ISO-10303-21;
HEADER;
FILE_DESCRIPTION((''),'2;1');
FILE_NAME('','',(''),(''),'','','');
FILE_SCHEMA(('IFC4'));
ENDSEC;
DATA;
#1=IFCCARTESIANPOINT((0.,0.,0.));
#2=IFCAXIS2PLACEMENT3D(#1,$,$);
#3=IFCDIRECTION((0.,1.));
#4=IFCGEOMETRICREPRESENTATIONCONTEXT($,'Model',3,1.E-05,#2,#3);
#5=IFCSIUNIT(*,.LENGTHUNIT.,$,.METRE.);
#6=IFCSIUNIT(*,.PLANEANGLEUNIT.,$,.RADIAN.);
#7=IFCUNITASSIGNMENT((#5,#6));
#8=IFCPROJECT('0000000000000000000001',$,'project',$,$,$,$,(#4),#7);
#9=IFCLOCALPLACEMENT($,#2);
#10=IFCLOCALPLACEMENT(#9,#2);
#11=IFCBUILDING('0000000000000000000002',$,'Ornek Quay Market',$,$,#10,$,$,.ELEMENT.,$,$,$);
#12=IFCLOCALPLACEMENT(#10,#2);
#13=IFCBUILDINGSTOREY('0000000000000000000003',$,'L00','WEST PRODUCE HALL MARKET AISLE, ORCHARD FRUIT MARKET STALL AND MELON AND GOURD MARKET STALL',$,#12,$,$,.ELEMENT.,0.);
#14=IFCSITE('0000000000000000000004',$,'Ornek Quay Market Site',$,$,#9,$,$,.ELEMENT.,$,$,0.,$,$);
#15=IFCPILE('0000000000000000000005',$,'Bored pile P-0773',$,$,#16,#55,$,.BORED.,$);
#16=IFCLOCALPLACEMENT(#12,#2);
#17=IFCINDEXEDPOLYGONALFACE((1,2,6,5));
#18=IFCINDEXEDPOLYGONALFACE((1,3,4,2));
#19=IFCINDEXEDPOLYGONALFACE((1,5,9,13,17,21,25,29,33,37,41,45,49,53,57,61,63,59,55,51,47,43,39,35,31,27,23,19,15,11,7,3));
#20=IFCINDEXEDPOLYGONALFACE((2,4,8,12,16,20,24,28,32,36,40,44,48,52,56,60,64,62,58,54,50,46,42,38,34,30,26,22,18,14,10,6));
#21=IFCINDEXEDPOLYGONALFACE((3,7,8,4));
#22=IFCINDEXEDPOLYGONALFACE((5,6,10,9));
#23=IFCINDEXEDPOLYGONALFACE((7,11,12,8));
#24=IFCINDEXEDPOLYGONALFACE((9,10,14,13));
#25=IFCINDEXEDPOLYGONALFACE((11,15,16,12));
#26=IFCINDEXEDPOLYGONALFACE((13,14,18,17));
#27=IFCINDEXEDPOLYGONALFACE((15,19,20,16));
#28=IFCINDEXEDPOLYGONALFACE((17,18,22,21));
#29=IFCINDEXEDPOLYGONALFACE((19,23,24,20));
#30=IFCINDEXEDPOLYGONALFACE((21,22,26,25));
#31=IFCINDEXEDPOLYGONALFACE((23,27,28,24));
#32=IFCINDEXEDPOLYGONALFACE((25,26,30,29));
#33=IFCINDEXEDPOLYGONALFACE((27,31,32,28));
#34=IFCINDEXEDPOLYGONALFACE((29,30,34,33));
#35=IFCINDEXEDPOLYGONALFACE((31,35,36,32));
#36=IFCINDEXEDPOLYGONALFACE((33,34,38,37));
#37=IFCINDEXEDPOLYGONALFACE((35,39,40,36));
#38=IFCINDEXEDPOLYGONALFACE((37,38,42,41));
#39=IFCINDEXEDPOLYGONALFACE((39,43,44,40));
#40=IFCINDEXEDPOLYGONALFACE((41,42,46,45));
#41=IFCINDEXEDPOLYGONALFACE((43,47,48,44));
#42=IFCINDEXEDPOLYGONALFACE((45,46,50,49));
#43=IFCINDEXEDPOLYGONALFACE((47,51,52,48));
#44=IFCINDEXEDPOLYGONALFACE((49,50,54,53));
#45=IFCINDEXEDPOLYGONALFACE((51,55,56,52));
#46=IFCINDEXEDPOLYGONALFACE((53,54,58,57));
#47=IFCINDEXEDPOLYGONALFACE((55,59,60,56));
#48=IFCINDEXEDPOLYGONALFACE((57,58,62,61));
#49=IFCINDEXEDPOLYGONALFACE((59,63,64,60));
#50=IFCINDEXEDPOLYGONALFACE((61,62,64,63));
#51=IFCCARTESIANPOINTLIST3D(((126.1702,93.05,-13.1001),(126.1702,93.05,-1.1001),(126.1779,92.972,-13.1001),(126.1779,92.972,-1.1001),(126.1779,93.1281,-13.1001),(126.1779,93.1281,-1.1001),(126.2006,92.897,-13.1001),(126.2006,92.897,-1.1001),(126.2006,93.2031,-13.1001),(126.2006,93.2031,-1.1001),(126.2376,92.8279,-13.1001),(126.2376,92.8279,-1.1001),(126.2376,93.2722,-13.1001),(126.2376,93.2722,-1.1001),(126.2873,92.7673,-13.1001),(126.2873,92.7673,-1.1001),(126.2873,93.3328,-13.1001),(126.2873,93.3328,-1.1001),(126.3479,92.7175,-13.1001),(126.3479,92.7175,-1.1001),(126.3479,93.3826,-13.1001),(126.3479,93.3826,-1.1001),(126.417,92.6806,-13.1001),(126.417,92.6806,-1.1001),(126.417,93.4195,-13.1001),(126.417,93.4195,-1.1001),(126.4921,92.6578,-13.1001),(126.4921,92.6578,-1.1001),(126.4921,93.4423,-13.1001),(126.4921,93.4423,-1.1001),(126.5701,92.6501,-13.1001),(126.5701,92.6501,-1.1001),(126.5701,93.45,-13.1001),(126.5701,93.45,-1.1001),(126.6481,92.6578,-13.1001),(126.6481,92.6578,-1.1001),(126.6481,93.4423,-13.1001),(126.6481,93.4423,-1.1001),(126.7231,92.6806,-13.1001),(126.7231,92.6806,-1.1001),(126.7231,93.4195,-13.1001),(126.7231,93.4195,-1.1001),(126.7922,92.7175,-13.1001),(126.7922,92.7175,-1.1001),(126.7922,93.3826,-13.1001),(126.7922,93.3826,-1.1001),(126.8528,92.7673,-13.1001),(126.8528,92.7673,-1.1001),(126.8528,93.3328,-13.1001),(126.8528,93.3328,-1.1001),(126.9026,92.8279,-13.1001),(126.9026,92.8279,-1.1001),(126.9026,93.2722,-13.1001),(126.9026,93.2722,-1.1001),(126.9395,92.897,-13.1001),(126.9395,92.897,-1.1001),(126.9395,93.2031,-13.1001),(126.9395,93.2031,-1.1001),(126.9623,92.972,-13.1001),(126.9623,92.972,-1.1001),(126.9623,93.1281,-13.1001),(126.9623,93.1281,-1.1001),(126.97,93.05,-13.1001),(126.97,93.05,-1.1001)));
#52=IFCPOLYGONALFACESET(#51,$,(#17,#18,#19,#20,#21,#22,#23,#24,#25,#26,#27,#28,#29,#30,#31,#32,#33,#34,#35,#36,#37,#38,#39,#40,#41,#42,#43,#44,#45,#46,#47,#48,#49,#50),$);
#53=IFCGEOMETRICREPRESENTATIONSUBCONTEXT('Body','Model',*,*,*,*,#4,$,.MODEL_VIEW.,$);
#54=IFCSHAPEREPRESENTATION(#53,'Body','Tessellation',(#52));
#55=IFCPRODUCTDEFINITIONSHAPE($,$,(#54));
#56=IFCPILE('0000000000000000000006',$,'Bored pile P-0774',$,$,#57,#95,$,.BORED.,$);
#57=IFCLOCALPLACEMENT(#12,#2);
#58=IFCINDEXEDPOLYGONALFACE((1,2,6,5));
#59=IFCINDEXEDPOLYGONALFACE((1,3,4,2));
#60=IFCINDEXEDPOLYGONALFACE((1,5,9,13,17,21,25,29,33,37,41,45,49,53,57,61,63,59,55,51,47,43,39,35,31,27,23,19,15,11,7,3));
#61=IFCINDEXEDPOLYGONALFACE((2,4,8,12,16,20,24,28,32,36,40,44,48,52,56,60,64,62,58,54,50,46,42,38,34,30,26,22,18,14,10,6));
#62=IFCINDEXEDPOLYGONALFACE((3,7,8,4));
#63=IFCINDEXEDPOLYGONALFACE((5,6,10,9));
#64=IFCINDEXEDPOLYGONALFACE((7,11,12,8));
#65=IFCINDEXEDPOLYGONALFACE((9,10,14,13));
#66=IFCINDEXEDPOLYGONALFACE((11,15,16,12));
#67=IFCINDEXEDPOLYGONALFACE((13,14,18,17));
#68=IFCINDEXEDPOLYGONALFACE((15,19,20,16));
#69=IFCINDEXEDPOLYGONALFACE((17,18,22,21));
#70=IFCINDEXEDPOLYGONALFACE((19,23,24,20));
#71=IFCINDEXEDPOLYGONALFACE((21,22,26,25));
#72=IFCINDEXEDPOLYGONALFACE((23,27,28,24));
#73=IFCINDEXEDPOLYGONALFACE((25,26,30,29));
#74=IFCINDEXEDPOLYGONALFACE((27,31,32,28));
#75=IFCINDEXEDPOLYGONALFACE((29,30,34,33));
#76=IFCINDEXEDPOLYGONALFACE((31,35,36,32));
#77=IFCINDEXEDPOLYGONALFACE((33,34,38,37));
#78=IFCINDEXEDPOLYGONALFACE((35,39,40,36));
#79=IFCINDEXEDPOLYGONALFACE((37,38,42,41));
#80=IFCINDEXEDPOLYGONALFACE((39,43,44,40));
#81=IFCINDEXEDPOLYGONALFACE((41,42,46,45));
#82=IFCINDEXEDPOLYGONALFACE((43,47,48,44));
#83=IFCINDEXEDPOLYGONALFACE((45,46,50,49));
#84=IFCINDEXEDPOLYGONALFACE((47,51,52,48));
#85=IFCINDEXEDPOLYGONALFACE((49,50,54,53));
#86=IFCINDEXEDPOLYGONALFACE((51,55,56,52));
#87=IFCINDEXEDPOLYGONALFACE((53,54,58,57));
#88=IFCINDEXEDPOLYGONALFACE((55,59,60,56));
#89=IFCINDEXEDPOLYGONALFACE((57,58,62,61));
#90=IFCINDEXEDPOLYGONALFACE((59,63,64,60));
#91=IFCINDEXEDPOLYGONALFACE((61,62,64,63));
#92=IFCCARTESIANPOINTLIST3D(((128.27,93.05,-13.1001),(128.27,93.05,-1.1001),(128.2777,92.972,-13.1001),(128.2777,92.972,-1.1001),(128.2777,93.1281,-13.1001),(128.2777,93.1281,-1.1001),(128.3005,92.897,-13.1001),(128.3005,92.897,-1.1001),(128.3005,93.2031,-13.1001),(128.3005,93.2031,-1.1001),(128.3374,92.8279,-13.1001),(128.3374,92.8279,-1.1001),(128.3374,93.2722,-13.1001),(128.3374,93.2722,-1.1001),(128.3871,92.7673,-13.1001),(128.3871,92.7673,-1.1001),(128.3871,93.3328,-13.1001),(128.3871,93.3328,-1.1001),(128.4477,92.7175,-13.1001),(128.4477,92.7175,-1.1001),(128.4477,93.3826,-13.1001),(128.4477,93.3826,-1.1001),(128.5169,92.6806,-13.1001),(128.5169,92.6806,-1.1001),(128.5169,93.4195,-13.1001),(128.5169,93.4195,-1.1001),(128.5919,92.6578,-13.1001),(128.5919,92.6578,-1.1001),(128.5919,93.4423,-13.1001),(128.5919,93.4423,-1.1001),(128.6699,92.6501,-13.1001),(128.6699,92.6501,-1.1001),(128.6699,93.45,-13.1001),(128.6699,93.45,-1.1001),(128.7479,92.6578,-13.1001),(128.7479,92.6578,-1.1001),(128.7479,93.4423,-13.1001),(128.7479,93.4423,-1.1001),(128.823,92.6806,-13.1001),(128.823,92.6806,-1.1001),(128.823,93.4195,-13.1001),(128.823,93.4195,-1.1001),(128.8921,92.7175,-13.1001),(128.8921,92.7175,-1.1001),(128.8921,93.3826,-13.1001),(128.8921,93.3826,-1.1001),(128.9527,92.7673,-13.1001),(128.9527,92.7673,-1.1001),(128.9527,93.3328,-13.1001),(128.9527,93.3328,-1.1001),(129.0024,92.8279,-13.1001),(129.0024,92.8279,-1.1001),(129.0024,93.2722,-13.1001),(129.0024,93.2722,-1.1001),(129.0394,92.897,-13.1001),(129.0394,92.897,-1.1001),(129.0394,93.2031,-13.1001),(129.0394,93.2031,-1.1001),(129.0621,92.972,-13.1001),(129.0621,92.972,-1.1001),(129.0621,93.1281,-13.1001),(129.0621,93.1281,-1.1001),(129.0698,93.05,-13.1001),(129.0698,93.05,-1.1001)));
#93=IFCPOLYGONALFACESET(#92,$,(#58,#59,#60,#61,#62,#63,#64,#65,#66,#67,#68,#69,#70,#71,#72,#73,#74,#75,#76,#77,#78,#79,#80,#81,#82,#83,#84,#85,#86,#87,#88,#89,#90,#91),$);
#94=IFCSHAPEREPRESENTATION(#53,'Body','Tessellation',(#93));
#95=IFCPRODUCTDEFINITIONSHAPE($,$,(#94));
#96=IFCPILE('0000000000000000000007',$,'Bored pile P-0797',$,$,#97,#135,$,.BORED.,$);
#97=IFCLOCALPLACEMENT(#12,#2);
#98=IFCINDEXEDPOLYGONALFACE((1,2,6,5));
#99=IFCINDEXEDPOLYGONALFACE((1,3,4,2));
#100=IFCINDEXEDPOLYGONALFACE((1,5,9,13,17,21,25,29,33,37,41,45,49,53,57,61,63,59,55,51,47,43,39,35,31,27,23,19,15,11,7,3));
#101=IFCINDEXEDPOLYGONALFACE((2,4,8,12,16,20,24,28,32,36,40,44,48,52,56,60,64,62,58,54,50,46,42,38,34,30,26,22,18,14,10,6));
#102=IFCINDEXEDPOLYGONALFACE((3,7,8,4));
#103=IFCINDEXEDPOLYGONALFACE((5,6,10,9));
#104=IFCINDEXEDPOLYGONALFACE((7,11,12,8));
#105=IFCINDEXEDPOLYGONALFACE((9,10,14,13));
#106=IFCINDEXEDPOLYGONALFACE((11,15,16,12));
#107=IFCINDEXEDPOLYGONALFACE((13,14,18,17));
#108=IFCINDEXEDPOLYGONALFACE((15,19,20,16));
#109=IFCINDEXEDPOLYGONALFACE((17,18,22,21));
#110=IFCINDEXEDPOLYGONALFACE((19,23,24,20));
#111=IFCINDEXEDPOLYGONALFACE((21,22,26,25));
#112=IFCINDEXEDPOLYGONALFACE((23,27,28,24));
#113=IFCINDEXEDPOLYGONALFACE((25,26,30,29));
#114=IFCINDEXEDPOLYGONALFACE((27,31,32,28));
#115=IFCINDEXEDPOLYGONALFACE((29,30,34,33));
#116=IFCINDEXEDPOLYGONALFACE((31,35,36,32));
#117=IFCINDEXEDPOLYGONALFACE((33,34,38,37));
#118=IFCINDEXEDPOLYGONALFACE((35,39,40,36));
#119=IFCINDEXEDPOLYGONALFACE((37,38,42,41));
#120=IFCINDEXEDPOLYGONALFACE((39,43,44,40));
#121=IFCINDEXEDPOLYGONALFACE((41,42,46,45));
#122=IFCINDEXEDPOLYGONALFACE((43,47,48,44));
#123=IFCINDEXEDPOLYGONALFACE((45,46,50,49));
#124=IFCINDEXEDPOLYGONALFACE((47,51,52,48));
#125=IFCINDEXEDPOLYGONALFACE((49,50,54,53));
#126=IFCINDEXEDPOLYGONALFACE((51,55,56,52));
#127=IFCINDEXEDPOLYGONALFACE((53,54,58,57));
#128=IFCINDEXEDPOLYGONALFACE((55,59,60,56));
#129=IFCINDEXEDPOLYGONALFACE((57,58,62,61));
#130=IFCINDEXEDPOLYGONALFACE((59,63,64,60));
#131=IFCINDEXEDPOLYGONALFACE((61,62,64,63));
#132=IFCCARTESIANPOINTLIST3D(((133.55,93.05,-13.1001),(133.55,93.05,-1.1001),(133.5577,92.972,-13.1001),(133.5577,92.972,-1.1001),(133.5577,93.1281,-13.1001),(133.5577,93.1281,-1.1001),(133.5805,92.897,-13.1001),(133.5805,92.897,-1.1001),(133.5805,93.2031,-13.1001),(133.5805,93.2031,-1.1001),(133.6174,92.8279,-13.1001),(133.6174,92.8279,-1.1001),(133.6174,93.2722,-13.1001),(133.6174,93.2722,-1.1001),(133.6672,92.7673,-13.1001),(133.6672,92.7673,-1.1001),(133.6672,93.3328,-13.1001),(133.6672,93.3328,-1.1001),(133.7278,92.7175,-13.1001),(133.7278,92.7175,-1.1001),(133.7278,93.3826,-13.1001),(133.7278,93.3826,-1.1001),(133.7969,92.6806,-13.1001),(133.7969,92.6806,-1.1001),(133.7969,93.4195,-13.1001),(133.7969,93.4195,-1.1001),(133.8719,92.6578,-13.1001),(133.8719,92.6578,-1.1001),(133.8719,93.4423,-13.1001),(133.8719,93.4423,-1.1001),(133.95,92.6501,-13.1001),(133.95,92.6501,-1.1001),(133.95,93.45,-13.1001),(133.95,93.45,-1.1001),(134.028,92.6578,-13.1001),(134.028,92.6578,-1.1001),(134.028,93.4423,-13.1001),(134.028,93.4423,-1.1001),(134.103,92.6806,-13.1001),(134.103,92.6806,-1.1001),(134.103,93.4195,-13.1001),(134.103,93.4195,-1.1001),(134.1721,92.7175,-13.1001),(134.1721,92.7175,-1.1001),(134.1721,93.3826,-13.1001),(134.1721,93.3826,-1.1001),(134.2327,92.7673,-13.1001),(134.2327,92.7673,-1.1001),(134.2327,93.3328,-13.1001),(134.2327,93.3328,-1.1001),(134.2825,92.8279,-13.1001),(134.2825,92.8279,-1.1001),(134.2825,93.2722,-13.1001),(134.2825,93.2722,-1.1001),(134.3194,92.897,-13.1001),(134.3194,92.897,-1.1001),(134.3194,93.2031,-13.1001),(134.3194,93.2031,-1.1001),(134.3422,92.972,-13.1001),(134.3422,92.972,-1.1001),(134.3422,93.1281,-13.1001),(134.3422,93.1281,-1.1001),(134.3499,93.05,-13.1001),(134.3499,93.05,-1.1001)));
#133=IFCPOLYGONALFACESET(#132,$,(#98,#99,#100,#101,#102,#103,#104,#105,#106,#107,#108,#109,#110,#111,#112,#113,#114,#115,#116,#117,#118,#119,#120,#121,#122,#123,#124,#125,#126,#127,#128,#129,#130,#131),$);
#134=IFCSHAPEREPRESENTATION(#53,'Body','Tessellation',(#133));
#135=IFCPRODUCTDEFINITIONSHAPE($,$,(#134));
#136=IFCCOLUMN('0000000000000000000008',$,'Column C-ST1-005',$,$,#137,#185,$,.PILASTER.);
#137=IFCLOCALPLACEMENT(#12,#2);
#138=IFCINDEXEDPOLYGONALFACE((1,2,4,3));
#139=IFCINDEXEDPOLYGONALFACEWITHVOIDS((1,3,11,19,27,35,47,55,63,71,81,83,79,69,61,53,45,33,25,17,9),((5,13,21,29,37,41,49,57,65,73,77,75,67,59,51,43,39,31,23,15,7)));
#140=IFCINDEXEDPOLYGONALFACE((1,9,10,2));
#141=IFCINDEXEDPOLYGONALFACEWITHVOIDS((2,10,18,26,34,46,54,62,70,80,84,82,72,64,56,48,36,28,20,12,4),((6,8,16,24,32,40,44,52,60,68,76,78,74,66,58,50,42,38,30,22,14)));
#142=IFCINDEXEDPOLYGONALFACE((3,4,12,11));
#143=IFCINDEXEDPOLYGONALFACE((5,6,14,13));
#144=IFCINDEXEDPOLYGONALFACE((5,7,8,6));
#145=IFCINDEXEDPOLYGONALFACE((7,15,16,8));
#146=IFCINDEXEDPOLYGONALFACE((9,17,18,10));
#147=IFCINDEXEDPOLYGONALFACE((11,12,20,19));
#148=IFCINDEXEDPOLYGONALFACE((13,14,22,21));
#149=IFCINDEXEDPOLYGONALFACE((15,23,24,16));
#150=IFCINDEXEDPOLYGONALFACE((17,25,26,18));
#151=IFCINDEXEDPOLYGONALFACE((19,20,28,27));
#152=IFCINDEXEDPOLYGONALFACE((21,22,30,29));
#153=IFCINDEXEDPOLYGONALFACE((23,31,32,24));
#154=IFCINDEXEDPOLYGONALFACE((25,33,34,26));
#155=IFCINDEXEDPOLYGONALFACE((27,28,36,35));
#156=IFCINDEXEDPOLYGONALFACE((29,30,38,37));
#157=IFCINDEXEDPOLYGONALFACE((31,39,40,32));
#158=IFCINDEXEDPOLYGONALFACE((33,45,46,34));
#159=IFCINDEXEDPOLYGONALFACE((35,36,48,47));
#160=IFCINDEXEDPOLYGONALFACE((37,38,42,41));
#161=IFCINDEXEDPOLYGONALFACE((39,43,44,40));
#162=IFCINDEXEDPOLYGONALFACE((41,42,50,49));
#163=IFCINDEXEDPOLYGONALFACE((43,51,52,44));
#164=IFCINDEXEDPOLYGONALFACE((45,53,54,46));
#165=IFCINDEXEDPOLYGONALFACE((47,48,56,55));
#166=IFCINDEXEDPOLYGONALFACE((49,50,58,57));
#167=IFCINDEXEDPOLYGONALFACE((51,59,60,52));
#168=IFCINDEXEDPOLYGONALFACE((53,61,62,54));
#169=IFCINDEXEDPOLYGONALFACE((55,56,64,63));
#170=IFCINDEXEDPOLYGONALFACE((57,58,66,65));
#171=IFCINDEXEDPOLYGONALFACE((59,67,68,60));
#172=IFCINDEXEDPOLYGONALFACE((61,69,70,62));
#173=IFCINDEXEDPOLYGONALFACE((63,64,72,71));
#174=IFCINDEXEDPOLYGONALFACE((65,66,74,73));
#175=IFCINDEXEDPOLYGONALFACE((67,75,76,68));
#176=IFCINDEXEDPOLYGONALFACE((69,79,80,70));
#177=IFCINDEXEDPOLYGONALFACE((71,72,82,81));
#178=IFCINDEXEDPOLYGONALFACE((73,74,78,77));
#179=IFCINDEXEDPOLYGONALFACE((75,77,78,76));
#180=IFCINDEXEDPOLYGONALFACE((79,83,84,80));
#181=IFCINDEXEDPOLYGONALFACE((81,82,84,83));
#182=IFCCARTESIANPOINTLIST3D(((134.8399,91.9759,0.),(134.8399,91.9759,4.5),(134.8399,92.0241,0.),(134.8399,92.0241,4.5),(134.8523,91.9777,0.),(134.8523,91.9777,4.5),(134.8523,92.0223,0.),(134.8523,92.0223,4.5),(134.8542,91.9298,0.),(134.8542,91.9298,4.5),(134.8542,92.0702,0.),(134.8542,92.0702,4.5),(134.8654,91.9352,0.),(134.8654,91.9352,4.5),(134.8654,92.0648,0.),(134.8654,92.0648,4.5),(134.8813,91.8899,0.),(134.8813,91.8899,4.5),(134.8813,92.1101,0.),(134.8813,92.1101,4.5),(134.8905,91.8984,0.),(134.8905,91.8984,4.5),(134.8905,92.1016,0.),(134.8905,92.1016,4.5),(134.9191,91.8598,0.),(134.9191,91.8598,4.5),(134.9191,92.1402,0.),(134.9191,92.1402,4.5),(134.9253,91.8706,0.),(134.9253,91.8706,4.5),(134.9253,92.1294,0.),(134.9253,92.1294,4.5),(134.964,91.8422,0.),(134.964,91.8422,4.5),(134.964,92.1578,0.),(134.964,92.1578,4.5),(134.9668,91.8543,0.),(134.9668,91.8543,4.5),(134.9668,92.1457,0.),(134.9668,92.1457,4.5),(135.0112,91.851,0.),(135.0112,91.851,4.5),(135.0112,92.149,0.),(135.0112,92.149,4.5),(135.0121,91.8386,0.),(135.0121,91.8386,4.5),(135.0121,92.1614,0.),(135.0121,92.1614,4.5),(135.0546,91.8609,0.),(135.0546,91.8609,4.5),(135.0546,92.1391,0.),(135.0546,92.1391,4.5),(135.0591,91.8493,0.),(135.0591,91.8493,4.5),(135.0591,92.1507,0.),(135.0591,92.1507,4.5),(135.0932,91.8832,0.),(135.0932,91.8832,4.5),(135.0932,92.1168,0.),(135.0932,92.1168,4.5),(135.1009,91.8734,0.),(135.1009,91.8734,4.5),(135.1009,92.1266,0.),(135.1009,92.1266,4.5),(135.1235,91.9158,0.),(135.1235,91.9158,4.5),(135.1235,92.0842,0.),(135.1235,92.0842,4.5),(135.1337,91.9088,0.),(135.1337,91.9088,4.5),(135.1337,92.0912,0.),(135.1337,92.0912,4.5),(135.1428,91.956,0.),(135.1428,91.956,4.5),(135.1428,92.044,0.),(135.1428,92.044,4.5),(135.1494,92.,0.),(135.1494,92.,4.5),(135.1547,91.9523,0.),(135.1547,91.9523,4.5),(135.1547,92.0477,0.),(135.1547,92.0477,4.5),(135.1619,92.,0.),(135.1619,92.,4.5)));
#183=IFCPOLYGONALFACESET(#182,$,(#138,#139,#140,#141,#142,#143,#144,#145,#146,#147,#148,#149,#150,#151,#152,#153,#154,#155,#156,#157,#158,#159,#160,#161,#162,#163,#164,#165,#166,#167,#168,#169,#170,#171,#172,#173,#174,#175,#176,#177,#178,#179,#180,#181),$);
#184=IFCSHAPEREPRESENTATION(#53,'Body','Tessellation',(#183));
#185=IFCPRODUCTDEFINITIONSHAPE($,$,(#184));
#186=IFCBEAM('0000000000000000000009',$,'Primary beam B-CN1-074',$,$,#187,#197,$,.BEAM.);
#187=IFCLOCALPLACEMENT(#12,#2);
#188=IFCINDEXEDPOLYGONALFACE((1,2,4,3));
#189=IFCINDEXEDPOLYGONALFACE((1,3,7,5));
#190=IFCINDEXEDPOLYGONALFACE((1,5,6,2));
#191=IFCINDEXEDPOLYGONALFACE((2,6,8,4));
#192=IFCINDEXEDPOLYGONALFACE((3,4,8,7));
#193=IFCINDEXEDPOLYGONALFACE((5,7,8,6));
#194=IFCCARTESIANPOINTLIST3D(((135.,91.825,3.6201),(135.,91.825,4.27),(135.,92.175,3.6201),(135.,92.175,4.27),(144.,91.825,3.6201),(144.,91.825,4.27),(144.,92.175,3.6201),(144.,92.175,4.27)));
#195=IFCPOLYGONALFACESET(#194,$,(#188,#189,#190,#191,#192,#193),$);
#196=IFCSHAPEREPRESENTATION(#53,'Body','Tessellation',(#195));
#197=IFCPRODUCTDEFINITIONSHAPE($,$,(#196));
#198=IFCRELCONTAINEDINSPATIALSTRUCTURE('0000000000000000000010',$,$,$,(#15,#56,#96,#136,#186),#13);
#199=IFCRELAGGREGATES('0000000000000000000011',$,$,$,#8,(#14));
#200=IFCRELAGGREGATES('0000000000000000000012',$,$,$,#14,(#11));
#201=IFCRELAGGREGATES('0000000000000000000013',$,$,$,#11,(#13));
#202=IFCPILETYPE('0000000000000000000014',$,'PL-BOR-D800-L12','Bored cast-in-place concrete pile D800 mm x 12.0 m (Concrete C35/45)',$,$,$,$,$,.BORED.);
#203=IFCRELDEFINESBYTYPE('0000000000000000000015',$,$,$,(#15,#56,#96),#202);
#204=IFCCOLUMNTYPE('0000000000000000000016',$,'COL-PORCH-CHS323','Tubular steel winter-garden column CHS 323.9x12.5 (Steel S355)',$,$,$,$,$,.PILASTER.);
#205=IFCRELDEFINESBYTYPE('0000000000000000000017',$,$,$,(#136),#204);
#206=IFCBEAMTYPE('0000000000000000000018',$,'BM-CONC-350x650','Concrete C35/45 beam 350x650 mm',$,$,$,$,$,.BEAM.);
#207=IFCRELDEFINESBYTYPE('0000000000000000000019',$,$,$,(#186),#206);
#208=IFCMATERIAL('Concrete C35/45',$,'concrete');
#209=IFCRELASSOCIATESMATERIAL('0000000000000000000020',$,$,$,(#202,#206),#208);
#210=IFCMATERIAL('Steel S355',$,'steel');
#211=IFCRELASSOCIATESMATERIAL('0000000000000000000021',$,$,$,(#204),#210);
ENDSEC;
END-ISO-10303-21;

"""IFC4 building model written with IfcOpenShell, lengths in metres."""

from ifc_helpers import new_model, si_unit, direction, frame, origin, origin_2d, place, context, subcontext, project, spatial, rectangle, circle, hollow_circle, extrude, material, material_profile, profile_set, type_object, element, save


model = new_model("IFC4")

# Units and contexts
model_context = context("Model", 3, precision=1e-05, world=origin(), true_north=direction((0.0, 1.0)))
body_context = subcontext(model_context, "Body", "Model", "MODEL_VIEW")
ifc_project = project(units=[si_unit("LENGTHUNIT", "METRE"), si_unit("PLANEANGLEUNIT", "RADIAN")], contexts=[model_context])

# Site, building, storey
site_placement = place(None, origin())
site = spatial("IfcSite", under=ifc_project, at=site_placement, Name="Ornek Quay Market Site", CompositionType="ELEMENT", RefElevation=0.0)
building_placement = place(site_placement, origin())
building = spatial("IfcBuilding", under=site, at=building_placement, Name="Ornek Quay Market", CompositionType="ELEMENT")
storey_placement = place(building_placement, origin())
storey = spatial("IfcBuildingStorey", under=building, at=storey_placement, Name="L00", Description="WEST PRODUCE HALL MARKET AISLE, ORCHARD FRUIT MARKET STALL AND MELON AND GOURD MARKET STALL", CompositionType="ELEMENT", Elevation=0.0)

# Piles
ifc_material_1 = material(Name="Concrete C35/45", Category="concrete")
ifc_material_profile_1 = material_profile(ifc_material_1, circle(Radius=0.3999, at=origin_2d()), Name="PILE D800", Category="concrete")
ifc_profile_set_1 = profile_set([ifc_material_profile_1], Name="Concrete C35/45")
pile_type = type_object("IfcPileType", Name="PL-BOR-D800-L12", Description="Bored cast-in-place concrete pile D800 mm x 12.0 m (Concrete C35/45)", PredefinedType="BORED", material=ifc_profile_set_1)
for number, where, z_axis, x_axis, name in (
    (1, (126.5701, 93.05, -1.1001), (0.0, 0.0, -1.0), (1.0, 0.0, 0.0), "Bored pile P-0773"),
    (2, (128.6699, 93.05, -1.1001), (0.0, 0.0, -1.0), (1.0, 0.0, 0.0), "Bored pile P-0774"),
    (3, (133.95, 93.05, -1.1001), (0.0, 0.0, -1.0), (1.0, 0.0, 0.0), "Bored pile P-0797"),
):
    element("IfcPile", number, at=place(storey_placement, frame(where, z_axis=z_axis, x_axis=x_axis)), inside=storey, type_object=pile_type, Name=name, PredefinedType="BORED", context=body_context, shape_type="SweptSolid", body=[
        extrude(circle(Radius=0.3999, at=origin_2d()), origin(), (0.0, 0.0, 1.0), 12.0),
    ])

# Column
ifc_material_2 = material(Name="Steel S355", Category="steel")
ifc_material_profile_2 = material_profile(ifc_material_2, hollow_circle(Radius=0.1619, WallThickness=0.0125, at=origin_2d()), Name="CHS 323.9x12.5", Category="steel")
ifc_profile_set_2 = profile_set([ifc_material_profile_2], Name="Steel S355")
column_type = type_object("IfcColumnType", Name="COL-PORCH-CHS323", Description="Tubular steel winter-garden column CHS 323.9x12.5 (Steel S355)", PredefinedType="PILASTER", material=ifc_profile_set_2)
column_placement = place(storey_placement, frame((135.0, 92.0, 0.0), z_axis=(0.0, 0.0, 1.0), x_axis=(1.0, 0.0, 0.0)))
element("IfcColumn", 4, at=column_placement, inside=storey, type_object=column_type, Name="Column C-ST1-005", PredefinedType="PILASTER", context=body_context, shape_type="SweptSolid", body=[
    extrude(hollow_circle(Radius=0.1619, WallThickness=0.0125, at=origin_2d()), origin(), (0.0, 0.0, 1.0), 4.5),
])

# Beam
ifc_material_profile_3 = material_profile(ifc_material_1, rectangle(XDim=0.3501, YDim=0.6499, at=origin_2d()), Name="RC 350x650", Category="concrete")
ifc_profile_set_3 = profile_set([ifc_material_profile_3], Name="Concrete C35/45")
beam_type_1 = type_object("IfcBeamType", Name="BM-CONC-350x650", Description="Concrete C35/45 beam 350x650 mm", PredefinedType="BEAM", material=ifc_profile_set_3)
for number, where, z_axis, x_axis, name in (
    (5, (135.0, 92.0, 3.9451), (1.0, 0.0, 0.0), (0.0, 1.0, 0.0), "Primary beam B-CN1-074"),
):
    element("IfcBeam", number, at=place(storey_placement, frame(where, z_axis=z_axis, x_axis=x_axis)), inside=storey, type_object=beam_type_1, Name=name, PredefinedType="BEAM", context=body_context, shape_type="SweptSolid", body=[
        extrude(rectangle(XDim=0.3501, YDim=0.6499, at=origin_2d()), origin(), (0.0, 0.0, 1.0), 9.0),
    ])

save(model, "model.ifc")
